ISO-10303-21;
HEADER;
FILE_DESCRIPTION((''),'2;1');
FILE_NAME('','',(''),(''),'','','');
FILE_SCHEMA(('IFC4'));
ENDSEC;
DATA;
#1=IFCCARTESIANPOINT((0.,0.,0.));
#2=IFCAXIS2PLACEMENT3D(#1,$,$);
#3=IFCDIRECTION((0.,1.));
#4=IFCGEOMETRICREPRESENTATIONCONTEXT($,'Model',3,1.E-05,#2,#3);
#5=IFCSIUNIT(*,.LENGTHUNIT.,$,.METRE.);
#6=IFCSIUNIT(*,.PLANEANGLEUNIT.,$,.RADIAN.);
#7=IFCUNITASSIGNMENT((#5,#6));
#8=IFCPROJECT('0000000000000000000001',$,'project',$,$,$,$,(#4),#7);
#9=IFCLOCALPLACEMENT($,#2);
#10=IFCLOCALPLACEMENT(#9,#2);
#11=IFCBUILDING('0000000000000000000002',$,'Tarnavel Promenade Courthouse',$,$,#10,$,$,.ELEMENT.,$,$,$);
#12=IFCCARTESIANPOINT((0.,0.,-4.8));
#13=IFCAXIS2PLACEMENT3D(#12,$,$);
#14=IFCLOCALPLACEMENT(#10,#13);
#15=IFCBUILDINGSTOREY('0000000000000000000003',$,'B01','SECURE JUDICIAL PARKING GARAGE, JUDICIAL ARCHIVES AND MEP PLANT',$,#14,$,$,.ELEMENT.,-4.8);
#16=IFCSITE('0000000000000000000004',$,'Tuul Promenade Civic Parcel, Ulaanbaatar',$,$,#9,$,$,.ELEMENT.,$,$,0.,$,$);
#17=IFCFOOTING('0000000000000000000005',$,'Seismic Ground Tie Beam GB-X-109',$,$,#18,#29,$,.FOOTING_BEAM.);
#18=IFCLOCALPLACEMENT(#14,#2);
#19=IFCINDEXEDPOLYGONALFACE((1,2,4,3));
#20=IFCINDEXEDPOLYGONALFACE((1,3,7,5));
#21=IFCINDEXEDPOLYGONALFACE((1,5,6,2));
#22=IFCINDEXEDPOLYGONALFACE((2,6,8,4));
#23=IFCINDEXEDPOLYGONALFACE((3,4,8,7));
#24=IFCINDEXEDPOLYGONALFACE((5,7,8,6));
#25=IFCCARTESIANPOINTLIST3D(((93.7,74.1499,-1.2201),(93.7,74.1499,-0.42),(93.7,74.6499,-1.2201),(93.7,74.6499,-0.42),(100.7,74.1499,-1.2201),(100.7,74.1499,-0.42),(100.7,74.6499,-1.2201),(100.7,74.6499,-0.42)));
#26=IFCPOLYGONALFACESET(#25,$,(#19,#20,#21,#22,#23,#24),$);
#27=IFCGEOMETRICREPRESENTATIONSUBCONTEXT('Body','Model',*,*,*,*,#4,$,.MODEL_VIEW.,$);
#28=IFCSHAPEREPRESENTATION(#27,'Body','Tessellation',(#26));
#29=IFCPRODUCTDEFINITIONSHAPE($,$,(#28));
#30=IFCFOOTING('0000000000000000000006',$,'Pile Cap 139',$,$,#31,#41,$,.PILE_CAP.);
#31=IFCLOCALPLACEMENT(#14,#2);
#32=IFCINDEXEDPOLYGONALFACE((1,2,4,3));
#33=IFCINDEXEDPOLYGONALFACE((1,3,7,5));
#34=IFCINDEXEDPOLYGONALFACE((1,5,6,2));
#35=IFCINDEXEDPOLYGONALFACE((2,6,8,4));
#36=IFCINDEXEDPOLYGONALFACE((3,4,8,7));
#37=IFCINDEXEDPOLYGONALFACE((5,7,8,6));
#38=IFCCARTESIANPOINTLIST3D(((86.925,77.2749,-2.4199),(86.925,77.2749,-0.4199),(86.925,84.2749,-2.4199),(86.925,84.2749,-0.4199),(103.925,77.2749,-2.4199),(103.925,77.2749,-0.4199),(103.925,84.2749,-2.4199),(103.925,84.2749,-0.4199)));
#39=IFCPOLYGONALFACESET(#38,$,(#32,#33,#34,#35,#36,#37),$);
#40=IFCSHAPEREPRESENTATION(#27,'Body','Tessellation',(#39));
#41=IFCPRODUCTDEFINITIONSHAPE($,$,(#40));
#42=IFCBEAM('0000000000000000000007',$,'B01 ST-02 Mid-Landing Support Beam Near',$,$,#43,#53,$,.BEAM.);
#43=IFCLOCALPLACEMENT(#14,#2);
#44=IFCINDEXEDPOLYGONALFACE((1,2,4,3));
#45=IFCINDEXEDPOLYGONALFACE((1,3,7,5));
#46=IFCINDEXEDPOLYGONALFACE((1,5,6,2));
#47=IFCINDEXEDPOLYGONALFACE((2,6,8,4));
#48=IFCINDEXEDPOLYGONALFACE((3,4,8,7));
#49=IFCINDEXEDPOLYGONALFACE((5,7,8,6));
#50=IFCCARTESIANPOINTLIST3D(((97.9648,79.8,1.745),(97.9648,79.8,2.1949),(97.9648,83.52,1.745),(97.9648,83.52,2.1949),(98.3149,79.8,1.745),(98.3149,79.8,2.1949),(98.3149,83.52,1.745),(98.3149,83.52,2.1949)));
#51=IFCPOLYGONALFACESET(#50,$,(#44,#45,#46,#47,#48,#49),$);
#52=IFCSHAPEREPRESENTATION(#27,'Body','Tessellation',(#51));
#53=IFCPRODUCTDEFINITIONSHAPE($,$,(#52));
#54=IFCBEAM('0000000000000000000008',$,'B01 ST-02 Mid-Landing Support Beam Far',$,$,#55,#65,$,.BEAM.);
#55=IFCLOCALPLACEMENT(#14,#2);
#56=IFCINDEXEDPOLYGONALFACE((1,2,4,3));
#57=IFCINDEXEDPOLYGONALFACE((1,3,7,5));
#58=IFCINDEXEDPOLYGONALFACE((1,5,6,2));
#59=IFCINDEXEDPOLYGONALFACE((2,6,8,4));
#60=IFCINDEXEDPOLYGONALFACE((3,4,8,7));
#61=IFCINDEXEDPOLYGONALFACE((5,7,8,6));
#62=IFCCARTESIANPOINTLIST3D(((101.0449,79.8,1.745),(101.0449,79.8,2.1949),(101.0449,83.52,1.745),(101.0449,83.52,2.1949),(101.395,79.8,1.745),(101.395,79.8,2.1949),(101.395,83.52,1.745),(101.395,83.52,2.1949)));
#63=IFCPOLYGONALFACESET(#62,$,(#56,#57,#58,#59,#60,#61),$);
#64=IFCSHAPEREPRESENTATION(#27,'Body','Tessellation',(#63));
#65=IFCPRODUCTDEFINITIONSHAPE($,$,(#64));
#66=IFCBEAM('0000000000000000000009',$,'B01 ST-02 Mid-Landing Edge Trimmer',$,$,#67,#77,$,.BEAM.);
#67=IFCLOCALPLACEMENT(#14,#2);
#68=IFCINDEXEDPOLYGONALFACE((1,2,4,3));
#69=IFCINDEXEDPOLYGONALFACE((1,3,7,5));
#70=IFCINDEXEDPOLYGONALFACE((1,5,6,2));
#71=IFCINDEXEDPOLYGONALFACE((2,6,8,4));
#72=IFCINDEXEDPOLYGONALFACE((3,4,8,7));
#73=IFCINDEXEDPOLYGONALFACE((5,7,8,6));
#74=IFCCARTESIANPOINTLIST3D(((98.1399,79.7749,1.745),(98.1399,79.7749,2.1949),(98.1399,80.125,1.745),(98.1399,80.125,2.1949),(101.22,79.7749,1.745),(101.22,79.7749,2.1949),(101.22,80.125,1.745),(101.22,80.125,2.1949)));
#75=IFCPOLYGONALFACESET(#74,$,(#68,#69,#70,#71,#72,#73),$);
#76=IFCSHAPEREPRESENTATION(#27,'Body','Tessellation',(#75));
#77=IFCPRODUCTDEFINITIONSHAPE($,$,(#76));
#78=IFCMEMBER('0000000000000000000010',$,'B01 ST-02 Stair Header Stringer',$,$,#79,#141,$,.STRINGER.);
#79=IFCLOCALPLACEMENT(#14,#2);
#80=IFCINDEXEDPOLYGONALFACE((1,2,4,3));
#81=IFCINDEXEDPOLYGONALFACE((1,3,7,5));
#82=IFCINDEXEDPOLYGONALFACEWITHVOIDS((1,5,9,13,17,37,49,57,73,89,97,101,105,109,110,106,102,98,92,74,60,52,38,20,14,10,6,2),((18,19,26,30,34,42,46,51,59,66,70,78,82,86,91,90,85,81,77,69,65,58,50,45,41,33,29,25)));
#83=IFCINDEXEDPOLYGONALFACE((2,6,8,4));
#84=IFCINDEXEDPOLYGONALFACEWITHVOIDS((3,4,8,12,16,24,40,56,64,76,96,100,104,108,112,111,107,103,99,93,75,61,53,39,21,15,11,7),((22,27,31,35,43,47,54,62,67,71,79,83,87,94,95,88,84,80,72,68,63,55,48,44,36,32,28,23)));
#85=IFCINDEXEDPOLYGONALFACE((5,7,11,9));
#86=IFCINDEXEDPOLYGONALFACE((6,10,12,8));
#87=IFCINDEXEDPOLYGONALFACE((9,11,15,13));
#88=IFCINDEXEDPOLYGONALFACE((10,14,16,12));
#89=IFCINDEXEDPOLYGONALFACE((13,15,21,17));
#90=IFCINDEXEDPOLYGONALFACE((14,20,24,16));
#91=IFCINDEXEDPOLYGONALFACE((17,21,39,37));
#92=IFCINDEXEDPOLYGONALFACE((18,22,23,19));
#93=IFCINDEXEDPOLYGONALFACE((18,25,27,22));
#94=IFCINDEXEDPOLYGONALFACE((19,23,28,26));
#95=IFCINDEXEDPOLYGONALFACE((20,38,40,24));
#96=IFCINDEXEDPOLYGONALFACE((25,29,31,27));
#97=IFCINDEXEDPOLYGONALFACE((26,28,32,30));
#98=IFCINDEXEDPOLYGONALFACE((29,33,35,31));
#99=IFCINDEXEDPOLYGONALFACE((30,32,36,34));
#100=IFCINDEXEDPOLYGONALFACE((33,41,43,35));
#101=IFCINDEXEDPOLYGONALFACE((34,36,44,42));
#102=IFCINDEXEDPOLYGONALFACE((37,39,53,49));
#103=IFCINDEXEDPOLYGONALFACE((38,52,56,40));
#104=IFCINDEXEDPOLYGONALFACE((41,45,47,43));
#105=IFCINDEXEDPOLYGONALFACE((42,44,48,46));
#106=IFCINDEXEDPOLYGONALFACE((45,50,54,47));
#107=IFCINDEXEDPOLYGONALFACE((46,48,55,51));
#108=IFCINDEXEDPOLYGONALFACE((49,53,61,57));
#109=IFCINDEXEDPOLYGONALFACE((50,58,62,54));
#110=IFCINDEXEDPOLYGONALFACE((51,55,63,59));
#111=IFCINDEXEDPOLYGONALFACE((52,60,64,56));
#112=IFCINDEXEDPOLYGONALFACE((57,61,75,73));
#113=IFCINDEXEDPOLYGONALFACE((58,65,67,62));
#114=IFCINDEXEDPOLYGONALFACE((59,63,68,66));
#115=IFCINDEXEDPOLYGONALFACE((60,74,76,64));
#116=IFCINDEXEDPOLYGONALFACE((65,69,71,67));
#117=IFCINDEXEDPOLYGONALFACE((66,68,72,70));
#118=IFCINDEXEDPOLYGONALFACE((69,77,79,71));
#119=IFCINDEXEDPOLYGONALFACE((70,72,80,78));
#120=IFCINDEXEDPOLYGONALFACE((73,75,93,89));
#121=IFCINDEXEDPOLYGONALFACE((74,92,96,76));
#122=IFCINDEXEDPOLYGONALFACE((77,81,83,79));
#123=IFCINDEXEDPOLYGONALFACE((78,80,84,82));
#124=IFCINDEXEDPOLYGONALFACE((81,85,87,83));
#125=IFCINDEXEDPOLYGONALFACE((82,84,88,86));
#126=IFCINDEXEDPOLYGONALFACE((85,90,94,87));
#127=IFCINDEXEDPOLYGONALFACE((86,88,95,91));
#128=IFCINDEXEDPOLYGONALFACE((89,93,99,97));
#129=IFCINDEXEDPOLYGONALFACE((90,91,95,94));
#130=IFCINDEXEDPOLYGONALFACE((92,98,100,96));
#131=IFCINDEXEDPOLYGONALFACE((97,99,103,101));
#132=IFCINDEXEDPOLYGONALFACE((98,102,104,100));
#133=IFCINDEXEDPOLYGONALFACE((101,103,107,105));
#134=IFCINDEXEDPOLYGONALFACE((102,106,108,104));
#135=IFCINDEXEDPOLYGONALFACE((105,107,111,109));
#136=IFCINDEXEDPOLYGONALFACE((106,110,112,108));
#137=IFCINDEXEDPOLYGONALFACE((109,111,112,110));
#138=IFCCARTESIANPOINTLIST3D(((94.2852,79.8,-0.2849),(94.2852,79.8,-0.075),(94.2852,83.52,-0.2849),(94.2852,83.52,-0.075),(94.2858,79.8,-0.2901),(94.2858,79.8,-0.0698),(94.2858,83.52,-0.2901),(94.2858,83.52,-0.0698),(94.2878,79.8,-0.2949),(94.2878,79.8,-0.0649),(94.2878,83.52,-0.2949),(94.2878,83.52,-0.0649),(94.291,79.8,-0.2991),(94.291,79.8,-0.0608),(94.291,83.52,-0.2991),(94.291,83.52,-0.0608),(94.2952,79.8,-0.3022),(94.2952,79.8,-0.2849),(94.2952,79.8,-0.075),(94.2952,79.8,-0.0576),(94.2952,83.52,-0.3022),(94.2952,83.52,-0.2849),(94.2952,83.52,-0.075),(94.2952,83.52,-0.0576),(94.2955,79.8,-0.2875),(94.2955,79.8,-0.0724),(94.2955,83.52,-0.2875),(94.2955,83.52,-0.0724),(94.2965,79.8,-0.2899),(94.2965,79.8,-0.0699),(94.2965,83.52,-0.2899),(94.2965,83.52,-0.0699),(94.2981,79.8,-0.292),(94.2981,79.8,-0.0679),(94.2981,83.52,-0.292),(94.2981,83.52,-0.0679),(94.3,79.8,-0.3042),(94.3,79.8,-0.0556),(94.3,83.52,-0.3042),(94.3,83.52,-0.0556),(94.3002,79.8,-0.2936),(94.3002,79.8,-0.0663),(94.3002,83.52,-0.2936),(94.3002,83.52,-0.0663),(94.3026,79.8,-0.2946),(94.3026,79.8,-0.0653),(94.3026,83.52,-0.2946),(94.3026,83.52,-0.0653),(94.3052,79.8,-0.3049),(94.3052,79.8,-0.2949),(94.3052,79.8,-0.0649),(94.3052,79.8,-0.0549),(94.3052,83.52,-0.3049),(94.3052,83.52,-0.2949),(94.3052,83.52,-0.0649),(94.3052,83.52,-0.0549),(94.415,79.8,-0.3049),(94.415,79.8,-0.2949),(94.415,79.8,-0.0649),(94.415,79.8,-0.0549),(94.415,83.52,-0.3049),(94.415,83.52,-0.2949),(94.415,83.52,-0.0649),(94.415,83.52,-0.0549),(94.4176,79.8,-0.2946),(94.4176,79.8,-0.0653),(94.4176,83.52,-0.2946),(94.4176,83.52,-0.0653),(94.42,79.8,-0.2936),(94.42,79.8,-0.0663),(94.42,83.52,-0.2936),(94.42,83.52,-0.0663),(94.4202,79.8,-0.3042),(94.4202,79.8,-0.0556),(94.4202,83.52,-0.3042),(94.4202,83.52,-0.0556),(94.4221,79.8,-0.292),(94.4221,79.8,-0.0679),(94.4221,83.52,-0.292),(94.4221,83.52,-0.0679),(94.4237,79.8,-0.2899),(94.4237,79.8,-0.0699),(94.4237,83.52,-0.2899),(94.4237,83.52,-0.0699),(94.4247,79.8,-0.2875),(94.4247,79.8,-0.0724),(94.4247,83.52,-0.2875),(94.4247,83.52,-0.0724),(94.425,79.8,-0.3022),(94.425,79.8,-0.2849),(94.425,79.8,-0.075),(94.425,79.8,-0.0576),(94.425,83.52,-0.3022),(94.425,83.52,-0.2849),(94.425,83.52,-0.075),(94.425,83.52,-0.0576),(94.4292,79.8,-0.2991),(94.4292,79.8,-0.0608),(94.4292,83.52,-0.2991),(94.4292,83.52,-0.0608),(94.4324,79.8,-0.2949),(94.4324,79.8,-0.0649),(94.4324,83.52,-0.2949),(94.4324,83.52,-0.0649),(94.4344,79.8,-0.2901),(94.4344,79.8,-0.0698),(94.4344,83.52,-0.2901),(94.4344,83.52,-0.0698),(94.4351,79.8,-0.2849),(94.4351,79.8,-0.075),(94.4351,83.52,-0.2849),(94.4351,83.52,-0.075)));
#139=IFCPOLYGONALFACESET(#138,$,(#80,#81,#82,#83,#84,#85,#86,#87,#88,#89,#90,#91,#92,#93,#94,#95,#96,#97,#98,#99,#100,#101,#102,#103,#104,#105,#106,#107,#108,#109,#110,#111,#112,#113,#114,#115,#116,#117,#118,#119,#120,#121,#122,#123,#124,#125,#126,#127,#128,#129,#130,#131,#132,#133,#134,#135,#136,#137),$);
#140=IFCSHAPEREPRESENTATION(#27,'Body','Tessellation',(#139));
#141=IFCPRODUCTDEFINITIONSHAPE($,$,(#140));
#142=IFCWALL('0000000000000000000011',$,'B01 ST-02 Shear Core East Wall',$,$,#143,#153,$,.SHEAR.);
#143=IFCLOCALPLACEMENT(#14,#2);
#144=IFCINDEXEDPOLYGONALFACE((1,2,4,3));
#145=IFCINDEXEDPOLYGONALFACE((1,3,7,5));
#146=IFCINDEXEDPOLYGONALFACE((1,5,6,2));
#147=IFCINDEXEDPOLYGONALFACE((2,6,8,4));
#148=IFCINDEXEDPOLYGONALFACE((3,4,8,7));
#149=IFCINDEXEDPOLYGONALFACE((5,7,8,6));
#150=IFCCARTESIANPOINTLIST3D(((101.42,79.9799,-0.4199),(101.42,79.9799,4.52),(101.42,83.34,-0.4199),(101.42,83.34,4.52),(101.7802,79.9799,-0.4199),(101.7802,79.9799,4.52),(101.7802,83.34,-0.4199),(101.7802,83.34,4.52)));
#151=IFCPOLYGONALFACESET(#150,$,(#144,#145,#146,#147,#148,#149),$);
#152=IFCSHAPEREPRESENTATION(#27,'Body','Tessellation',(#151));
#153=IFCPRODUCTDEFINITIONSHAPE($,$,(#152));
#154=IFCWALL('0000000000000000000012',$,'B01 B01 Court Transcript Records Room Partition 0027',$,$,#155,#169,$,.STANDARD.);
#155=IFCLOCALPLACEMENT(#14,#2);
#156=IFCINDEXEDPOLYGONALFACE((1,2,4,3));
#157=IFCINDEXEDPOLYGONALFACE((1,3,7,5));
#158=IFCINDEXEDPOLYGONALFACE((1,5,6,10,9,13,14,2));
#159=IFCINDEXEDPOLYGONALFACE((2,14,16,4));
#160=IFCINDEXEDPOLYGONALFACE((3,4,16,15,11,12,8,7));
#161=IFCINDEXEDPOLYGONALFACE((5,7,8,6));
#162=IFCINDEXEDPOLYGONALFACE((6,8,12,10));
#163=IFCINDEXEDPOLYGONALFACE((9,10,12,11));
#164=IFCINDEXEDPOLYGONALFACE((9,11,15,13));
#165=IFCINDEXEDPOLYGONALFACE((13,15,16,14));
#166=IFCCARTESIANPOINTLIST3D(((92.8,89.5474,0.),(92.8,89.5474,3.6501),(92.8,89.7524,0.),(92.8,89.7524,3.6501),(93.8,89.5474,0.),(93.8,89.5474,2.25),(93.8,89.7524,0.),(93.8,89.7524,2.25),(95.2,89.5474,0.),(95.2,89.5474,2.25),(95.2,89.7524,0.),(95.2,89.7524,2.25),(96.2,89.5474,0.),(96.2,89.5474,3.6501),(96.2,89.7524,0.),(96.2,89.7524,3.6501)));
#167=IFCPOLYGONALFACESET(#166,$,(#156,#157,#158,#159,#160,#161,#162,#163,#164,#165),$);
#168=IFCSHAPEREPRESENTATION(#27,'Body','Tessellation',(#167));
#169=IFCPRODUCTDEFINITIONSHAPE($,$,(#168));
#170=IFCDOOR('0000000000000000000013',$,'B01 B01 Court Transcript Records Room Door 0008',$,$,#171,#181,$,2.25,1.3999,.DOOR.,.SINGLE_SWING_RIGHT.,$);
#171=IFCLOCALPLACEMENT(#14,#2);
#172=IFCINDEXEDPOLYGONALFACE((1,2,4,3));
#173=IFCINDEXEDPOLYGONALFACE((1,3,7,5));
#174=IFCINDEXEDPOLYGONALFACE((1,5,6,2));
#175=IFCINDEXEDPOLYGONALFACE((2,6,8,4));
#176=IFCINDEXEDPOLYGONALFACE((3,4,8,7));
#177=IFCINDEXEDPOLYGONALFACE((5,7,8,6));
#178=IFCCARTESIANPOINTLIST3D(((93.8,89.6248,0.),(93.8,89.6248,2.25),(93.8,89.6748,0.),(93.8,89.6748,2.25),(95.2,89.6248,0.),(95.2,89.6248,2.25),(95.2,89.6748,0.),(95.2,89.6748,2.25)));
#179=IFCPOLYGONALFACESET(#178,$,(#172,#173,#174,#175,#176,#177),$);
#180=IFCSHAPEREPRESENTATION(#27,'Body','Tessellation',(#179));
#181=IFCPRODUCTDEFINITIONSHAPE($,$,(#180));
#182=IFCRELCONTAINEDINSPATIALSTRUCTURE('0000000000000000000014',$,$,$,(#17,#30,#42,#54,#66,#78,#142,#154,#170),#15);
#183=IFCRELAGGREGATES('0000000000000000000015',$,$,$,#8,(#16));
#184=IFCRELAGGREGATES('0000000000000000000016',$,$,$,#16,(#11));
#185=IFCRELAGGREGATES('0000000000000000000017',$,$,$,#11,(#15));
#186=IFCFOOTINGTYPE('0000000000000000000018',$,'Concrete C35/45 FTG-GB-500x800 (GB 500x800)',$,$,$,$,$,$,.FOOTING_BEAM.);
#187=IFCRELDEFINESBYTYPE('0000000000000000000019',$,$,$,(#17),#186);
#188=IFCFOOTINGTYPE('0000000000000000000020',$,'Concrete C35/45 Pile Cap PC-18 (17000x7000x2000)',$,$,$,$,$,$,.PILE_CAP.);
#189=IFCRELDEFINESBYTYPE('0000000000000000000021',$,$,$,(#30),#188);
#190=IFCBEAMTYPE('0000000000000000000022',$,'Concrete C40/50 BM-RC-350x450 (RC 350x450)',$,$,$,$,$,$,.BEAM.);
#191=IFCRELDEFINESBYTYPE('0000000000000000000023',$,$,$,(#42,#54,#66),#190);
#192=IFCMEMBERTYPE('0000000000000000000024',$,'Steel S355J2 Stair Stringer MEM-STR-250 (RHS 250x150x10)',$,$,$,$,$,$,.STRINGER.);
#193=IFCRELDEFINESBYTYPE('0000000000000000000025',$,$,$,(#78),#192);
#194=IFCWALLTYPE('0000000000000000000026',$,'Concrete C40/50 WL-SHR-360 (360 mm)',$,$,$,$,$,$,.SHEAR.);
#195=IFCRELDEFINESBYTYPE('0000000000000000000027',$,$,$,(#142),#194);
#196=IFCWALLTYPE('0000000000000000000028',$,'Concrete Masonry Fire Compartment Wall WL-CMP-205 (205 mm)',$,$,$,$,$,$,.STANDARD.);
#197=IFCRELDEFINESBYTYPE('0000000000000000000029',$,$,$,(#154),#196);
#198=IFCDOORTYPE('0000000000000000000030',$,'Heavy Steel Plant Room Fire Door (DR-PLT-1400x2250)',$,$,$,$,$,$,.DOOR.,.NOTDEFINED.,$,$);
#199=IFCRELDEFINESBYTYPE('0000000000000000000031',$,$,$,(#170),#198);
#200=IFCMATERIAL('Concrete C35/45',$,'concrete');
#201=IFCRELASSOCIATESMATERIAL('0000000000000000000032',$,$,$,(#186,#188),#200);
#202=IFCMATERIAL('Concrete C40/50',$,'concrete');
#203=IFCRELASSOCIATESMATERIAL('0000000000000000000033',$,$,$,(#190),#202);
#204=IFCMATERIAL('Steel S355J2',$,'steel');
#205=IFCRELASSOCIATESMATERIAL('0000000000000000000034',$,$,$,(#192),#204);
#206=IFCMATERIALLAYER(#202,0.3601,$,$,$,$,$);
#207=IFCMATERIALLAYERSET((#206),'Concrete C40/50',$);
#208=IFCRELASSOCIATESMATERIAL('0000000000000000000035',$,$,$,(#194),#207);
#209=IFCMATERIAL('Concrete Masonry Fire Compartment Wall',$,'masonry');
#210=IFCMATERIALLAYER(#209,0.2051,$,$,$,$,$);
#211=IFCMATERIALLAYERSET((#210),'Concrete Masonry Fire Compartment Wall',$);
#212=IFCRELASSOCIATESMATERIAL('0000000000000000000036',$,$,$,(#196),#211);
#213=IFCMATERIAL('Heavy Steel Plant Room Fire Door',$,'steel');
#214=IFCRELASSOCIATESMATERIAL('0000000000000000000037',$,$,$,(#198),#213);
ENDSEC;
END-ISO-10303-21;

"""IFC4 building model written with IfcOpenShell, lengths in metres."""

from ifc_helpers import new_model, si_unit, direction, frame, frame_2d, origin, origin_2d, place, context, subcontext, project, spatial, rectangle, hollow_rectangle, extrude, material, layer, layer_set, material_profile, profile_set, type_object, element, fill, save


model = new_model("IFC4")

# Units and contexts
model_context = context("Model", 3, precision=1e-05, world=origin(), true_north=direction((0.0, 1.0)))
body_context = subcontext(model_context, "Body", "Model", "MODEL_VIEW")
ifc_project = project(units=[si_unit("LENGTHUNIT", "METRE"), si_unit("PLANEANGLEUNIT", "RADIAN")], contexts=[model_context])

# Site, building, storey
site_placement = place(None, origin())
site = spatial("IfcSite", under=ifc_project, at=site_placement, Name="Tuul Promenade Civic Parcel, Ulaanbaatar", CompositionType="ELEMENT", RefElevation=0.0)
building_placement = place(site_placement, origin())
building = spatial("IfcBuilding", under=site, at=building_placement, Name="Tarnavel Promenade Courthouse", CompositionType="ELEMENT")
storey_placement = place(building_placement, frame((0.0, 0.0, -4.8)))
storey = spatial("IfcBuildingStorey", under=building, at=storey_placement, Name="B01", Description="SECURE JUDICIAL PARKING GARAGE, JUDICIAL ARCHIVES AND MEP PLANT", CompositionType="ELEMENT", Elevation=-4.8)

# Footings
ifc_material_1 = material(Name="Concrete C35/45", Category="concrete")
ifc_material_profile_1 = material_profile(ifc_material_1, rectangle(XDim=0.5, YDim=0.8, at=origin_2d()), Name="GB 500x800")
ifc_profile_set_1 = profile_set([ifc_material_profile_1], Name="Concrete C35/45")
footing_type_1 = type_object("IfcFootingType", Name="Concrete C35/45 FTG-GB-500x800 (GB 500x800)", PredefinedType="FOOTING_BEAM", material=ifc_profile_set_1)
footing_1_placement = place(storey_placement, frame((93.7, 74.3999, -0.8201), z_axis=(1.0, 0.0, 0.0), x_axis=(0.0, 1.0, 0.0)))
element("IfcFooting", 1, at=footing_1_placement, inside=storey, type_object=footing_type_1, Name="Seismic Ground Tie Beam GB-X-109", PredefinedType="FOOTING_BEAM", context=body_context, shape_type="SweptSolid", body=[
    extrude(rectangle(XDim=0.5, YDim=0.8, at=origin_2d()), origin(), (0.0, 0.0, 1.0), 7.0),
])
footing_type_2 = type_object("IfcFootingType", Name="Concrete C35/45 Pile Cap PC-18 (17000x7000x2000)", PredefinedType="PILE_CAP", material=ifc_material_1)
footing_2_placement = place(storey_placement, frame((95.425, 80.7749, -2.4199), z_axis=(0.0, 0.0, 1.0), x_axis=(1.0, 0.0, 0.0)))
element("IfcFooting", 2, at=footing_2_placement, inside=storey, type_object=footing_type_2, Name="Pile Cap 139", PredefinedType="PILE_CAP", context=body_context, shape_type="SweptSolid", body=[
    extrude(rectangle(XDim=17.0, YDim=7.0, at=origin_2d()), origin(), (0.0, 0.0, 1.0), 2.0),
])

# Beams
ifc_material_2 = material(Name="Concrete C40/50", Category="concrete")
ifc_material_profile_2 = material_profile(ifc_material_2, rectangle(XDim=0.3501, YDim=0.45, at=origin_2d()), Name="RC 350x450")
ifc_profile_set_2 = profile_set([ifc_material_profile_2], Name="Concrete C40/50")
beam_type = type_object("IfcBeamType", Name="Concrete C40/50 BM-RC-350x450 (RC 350x450)", PredefinedType="BEAM", material=ifc_profile_set_2)
for number, where, z_axis, x_axis, name in (
    (3, (98.1399, 79.8, 1.97), (0.0, 1.0, 0.0), (-1.0, 0.0, 0.0), "B01 ST-02 Mid-Landing Support Beam Near"),
    (4, (101.22, 79.8, 1.97), (0.0, 1.0, 0.0), (-1.0, 0.0, 0.0), "B01 ST-02 Mid-Landing Support Beam Far"),
):
    element("IfcBeam", number, at=place(storey_placement, frame(where, z_axis=z_axis, x_axis=x_axis)), inside=storey, type_object=beam_type, Name=name, PredefinedType="BEAM", context=body_context, shape_type="SweptSolid", body=[
        extrude(rectangle(XDim=0.3501, YDim=0.45, at=origin_2d()), origin(), (0.0, 0.0, 1.0), 3.72),
    ])
beam_placement = place(storey_placement, frame((98.1399, 79.95, 1.97), z_axis=(1.0, 0.0, 0.0), x_axis=(0.0, 1.0, 0.0)))
element("IfcBeam", 5, at=beam_placement, inside=storey, type_object=beam_type, Name="B01 ST-02 Mid-Landing Edge Trimmer", PredefinedType="BEAM", context=body_context, shape_type="SweptSolid", body=[
    extrude(rectangle(XDim=0.3501, YDim=0.45, at=origin_2d()), origin(), (0.0, 0.0, 1.0), 3.0801),
])

# Member
ifc_material_3 = material(Name="Steel S355J2", Category="steel")
ifc_material_profile_3 = material_profile(ifc_material_3, hollow_rectangle(XDim=0.1499, YDim=0.25, WallThickness=0.01, InnerFilletRadius=0.01, OuterFilletRadius=0.02, at=origin_2d()), Name="RHS 250x150x10")
ifc_profile_set_3 = profile_set([ifc_material_profile_3], Name="Steel S355J2")
member_type = type_object("IfcMemberType", Name="Steel S355J2 Stair Stringer MEM-STR-250 (RHS 250x150x10)", PredefinedType="STRINGER", material=ifc_profile_set_3)
member_placement = place(storey_placement, frame((94.3601, 79.8, -0.1799), z_axis=(0.0, 1.0, 0.0), x_axis=(-1.0, 0.0, 0.0)))
element("IfcMember", 6, at=member_placement, inside=storey, type_object=member_type, Name="B01 ST-02 Stair Header Stringer", PredefinedType="STRINGER", context=body_context, shape_type="SweptSolid", body=[
    extrude(hollow_rectangle(XDim=0.1499, YDim=0.25, WallThickness=0.01, InnerFilletRadius=0.01, OuterFilletRadius=0.02, at=origin_2d()), origin(), (0.0, 0.0, 1.0), 3.72),
])

# Wall
ifc_layer_1 = layer(ifc_material_2, 0.3601)
ifc_layer_set_1 = layer_set([ifc_layer_1], Name="Concrete C40/50")
wall_type_1 = type_object("IfcWallType", Name="Concrete C40/50 WL-SHR-360 (360 mm)", PredefinedType="SHEAR", material=ifc_layer_set_1)
wall_1_placement = place(storey_placement, frame((101.6001, 83.3401, -0.4199), z_axis=(0.0, 0.0, 1.0), x_axis=(0.0, -1.0, 0.0)))
element("IfcWall", 7, at=wall_1_placement, inside=storey, type_object=wall_type_1, Name="B01 ST-02 Shear Core East Wall", PredefinedType="SHEAR", context=body_context, shape_type="SweptSolid", body=[
    extrude(rectangle(XDim=3.3601, YDim=0.3601, at=frame_2d((1.6802, 0.0))), origin(), (0.0, 0.0, 1.0), 4.9399),
])

# Wall, opening, door
ifc_material_4 = material(Name="Concrete Masonry Fire Compartment Wall", Category="masonry")
ifc_layer_2 = layer(ifc_material_4, 0.2051)
ifc_layer_set_2 = layer_set([ifc_layer_2], Name="Concrete Masonry Fire Compartment Wall")
wall_type_2 = type_object("IfcWallType", Name="Concrete Masonry Fire Compartment Wall WL-CMP-205 (205 mm)", PredefinedType="STANDARD", material=ifc_layer_set_2)
wall_2_placement = place(storey_placement, frame((92.8, 89.6499, 0.0), z_axis=(0.0, 0.0, 1.0), x_axis=(1.0, 0.0, 0.0)))
wall_2 = element("IfcWall", 8, at=wall_2_placement, inside=storey, type_object=wall_type_2, Name="B01 B01 Court Transcript Records Room Partition 0027", PredefinedType="STANDARD", context=body_context, shape_type="SweptSolid", body=[
    extrude(rectangle(XDim=3.3999, YDim=0.2051, at=frame_2d((1.7, 0.0))), origin(), (0.0, 0.0, 1.0), 3.6501),
])
opening_1_placement = place(wall_2_placement, frame((1.0, 0.0, 0.0)))
opening_1 = element("IfcOpeningElement", 9, at=opening_1_placement, cuts=wall_2, PredefinedType="OPENING", context=body_context, shape_type="SweptSolid", body=[
    extrude(rectangle(XDim=1.3999, YDim=2.25, at=frame_2d((0.7, 1.125))), frame((0.0, 0.1125, 0.0), z_axis=(0.0, -1.0, 0.0), x_axis=(1.0, 0.0, 0.0)), (0.0, 0.0, 1.0), 0.2251),
])
ifc_material_5 = material(Name="Heavy Steel Plant Room Fire Door", Category="steel")
door_type = type_object("IfcDoorType", Name="Heavy Steel Plant Room Fire Door (DR-PLT-1400x2250)", OperationType="NOTDEFINED", PredefinedType="DOOR", material=ifc_material_5)
door_1_placement = place(opening_1_placement, origin())
door_1 = element("IfcDoor", 10, at=door_1_placement, inside=storey, type_object=door_type, Name="B01 B01 Court Transcript Records Room Door 0008", OperationType="SINGLE_SWING_RIGHT", OverallHeight=2.25, OverallWidth=1.3999, PredefinedType="DOOR", context=body_context, shape_type="SweptSolid", body=[
    extrude(rectangle(XDim=1.3999, YDim=2.25, at=frame_2d((0.7, 1.125))), frame((0.0, 0.0249, 0.0), z_axis=(0.0, -1.0, 0.0), x_axis=(1.0, 0.0, 0.0)), (0.0, 0.0, 1.0), 0.05),
])
fill(opening_1, door_1)

save(model, "model.ifc")
